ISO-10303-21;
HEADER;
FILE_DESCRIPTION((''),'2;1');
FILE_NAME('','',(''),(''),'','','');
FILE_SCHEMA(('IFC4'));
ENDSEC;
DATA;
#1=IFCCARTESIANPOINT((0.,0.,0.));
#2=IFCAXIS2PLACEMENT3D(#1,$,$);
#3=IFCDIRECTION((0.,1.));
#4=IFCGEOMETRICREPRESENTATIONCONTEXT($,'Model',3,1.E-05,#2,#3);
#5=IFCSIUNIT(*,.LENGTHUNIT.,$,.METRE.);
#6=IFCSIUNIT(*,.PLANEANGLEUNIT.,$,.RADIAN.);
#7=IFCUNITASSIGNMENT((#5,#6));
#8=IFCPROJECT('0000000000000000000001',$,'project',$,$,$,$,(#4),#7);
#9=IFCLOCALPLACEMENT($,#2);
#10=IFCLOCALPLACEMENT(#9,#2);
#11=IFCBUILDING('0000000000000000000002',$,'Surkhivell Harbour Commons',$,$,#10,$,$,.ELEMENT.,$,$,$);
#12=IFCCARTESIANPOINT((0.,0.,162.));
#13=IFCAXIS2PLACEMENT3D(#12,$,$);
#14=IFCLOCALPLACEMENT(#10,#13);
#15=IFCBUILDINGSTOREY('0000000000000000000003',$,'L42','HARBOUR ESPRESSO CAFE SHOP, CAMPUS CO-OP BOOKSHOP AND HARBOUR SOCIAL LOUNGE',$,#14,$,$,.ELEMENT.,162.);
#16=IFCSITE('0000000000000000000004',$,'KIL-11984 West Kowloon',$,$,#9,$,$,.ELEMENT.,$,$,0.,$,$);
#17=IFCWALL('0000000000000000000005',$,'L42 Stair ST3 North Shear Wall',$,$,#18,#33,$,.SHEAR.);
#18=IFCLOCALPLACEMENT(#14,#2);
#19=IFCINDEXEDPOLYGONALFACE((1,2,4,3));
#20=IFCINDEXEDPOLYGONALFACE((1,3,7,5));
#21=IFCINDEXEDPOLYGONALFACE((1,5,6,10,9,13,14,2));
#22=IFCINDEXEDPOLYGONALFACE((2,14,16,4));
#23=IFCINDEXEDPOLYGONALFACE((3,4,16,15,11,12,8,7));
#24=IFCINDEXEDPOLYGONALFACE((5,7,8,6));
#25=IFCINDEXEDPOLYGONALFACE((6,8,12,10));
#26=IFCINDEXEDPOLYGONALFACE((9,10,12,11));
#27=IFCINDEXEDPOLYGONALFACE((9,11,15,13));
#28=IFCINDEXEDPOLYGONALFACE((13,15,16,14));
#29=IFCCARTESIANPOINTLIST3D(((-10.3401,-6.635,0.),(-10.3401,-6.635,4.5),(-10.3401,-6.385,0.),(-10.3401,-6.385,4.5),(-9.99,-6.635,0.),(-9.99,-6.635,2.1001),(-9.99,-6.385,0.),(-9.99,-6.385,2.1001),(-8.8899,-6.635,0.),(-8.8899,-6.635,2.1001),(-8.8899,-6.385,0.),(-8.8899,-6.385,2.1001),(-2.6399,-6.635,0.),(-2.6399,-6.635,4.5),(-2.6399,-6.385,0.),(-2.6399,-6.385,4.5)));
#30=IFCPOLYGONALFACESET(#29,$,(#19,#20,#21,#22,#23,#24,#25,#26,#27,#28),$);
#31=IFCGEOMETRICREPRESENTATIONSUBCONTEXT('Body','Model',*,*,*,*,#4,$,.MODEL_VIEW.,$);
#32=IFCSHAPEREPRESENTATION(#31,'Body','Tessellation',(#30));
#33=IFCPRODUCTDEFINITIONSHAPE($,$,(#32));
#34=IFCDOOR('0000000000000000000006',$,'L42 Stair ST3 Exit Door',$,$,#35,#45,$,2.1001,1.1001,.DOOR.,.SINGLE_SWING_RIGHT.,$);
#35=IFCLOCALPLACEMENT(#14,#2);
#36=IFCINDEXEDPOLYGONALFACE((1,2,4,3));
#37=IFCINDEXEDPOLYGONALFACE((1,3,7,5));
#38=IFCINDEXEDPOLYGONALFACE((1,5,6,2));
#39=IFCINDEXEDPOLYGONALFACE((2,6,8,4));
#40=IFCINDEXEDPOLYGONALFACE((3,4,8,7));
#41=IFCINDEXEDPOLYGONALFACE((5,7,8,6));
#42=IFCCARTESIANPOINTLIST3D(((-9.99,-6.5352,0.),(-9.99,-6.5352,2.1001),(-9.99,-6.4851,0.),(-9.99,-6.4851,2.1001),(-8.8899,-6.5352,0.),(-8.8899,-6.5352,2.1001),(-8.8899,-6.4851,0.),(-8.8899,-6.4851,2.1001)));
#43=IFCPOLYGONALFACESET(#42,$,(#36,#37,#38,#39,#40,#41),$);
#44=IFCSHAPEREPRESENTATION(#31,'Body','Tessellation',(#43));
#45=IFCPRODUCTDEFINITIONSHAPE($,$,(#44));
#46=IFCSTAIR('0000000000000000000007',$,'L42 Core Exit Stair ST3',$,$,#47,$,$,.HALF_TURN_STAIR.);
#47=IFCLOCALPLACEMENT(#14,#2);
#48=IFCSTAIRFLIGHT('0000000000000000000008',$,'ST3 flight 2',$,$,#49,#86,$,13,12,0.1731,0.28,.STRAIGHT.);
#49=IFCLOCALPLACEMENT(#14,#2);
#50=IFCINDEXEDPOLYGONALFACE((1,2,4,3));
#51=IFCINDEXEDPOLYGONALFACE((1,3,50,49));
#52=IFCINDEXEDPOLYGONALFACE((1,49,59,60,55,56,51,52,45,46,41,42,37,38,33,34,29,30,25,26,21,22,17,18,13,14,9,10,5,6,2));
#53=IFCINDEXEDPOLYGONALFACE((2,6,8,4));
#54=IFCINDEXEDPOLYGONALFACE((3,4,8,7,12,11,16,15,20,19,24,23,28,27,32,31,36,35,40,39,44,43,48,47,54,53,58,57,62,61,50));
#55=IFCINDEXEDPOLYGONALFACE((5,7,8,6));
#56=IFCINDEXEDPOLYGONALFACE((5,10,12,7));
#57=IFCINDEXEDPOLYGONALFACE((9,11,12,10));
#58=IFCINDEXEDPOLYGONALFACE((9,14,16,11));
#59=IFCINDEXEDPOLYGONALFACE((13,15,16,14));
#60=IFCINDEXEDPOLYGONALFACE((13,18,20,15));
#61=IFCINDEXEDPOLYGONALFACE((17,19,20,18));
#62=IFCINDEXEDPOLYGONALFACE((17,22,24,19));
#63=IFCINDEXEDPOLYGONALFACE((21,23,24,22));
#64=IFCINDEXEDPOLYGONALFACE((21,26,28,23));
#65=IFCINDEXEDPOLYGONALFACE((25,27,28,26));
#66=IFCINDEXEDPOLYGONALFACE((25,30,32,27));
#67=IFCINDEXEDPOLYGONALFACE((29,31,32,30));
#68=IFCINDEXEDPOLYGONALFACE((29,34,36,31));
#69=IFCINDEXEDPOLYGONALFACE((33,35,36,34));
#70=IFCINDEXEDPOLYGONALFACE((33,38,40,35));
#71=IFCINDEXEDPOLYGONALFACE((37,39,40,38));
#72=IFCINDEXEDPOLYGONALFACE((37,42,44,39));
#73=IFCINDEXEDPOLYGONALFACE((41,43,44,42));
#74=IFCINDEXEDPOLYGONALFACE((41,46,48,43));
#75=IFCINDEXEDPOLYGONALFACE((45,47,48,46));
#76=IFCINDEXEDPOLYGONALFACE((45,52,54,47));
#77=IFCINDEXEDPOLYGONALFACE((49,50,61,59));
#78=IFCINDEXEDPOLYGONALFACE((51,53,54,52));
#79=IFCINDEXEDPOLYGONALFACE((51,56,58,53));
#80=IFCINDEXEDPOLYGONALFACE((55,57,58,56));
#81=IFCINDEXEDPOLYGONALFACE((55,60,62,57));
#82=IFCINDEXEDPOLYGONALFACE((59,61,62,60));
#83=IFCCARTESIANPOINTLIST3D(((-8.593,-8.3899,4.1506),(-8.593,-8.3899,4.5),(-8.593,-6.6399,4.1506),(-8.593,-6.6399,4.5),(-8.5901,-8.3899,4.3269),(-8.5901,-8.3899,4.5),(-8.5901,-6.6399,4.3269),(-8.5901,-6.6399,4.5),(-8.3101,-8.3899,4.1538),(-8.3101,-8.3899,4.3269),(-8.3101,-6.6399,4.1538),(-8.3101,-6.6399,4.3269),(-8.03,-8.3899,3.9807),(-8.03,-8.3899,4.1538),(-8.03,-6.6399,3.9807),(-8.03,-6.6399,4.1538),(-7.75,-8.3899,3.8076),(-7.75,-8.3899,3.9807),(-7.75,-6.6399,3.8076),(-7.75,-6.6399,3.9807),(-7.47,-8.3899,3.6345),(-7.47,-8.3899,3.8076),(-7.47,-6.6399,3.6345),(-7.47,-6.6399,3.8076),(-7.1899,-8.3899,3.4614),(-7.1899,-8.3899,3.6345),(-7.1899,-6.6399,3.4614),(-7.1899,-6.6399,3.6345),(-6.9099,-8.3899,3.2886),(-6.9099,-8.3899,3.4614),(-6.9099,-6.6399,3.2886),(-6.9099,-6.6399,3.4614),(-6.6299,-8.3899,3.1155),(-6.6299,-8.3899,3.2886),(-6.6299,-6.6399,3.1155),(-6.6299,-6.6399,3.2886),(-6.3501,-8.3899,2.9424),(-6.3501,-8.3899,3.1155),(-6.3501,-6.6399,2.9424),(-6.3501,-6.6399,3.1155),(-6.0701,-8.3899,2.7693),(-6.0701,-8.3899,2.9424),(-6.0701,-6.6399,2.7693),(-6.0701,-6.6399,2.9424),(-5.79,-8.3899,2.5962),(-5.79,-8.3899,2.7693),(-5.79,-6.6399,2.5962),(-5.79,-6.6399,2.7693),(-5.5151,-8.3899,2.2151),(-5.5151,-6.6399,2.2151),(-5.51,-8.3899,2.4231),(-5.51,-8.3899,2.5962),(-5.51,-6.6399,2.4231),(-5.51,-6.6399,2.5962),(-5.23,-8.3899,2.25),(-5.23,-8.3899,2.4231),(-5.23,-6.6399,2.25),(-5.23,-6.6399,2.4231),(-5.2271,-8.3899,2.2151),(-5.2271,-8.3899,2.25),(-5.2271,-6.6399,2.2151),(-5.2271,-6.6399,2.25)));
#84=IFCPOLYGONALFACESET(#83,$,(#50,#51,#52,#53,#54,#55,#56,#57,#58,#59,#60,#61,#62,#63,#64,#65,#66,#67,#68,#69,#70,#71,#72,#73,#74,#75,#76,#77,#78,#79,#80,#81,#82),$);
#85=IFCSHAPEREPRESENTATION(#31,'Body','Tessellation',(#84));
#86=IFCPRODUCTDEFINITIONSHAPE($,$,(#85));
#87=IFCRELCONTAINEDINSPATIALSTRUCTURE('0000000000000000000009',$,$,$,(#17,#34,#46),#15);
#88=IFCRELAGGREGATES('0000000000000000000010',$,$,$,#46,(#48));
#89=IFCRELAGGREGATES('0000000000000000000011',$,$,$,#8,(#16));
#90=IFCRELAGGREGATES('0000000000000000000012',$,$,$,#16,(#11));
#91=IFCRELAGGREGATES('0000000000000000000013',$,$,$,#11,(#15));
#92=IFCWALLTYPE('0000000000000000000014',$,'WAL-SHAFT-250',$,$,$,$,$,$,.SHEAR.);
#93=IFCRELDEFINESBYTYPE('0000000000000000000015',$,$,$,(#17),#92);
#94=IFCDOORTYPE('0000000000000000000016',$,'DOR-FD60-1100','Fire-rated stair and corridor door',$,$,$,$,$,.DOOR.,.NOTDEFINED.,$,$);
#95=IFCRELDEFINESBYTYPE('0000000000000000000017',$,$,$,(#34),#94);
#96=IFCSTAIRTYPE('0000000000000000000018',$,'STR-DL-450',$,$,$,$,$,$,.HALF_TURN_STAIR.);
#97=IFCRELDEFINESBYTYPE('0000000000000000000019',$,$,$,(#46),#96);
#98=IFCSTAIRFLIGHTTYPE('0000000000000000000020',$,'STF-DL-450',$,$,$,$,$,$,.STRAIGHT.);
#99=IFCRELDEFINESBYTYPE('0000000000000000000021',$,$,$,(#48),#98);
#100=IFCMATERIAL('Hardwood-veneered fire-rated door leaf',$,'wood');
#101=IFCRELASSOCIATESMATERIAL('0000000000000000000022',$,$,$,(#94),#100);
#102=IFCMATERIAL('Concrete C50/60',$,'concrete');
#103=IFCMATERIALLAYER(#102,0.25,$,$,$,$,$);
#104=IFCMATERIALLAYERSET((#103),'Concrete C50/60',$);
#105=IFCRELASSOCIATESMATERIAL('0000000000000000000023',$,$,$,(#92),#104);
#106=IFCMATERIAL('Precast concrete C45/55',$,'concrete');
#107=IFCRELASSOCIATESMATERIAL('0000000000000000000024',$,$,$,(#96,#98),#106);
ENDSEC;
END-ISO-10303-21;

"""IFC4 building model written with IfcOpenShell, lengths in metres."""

from ifc_helpers import new_model, si_unit, direction, frame, frame_2d, origin, place, context, subcontext, project, spatial, polyline, rectangle, outline, extrude, material, layer, layer_set, type_object, element, fill, aggregate, save


model = new_model("IFC4")

# Units and contexts
model_context = context("Model", 3, precision=1e-05, world=origin(), true_north=direction((0.0, 1.0)))
body_context = subcontext(model_context, "Body", "Model", "MODEL_VIEW")
ifc_project = project(units=[si_unit("LENGTHUNIT", "METRE"), si_unit("PLANEANGLEUNIT", "RADIAN")], contexts=[model_context])

# Site, building, storey
site_placement = place(None, origin())
site = spatial("IfcSite", under=ifc_project, at=site_placement, Name="KIL-11984 West Kowloon", CompositionType="ELEMENT", RefElevation=0.0)
building_placement = place(site_placement, origin())
building = spatial("IfcBuilding", under=site, at=building_placement, Name="Surkhivell Harbour Commons", CompositionType="ELEMENT")
storey_placement = place(building_placement, frame((0.0, 0.0, 162.0)))
storey = spatial("IfcBuildingStorey", under=building, at=storey_placement, Name="L42", Description="HARBOUR ESPRESSO CAFE SHOP, CAMPUS CO-OP BOOKSHOP AND HARBOUR SOCIAL LOUNGE", CompositionType="ELEMENT", Elevation=162.0)

# Shared definitions
ifc_material_1 = material(Name="Hardwood-veneered fire-rated door leaf", Category="wood")
door_type_1 = type_object("IfcDoorType", Name="DOR-FD60-1100", Description="Fire-rated stair and corridor door", OperationType="NOTDEFINED", PredefinedType="DOOR", material=ifc_material_1)

# Shared definitions
ifc_material_2 = material(Name="Concrete C50/60", Category="concrete")
ifc_layer_1 = layer(ifc_material_2, 0.25)
ifc_layer_set_1 = layer_set([ifc_layer_1], Name="Concrete C50/60")
wall_type_1 = type_object("IfcWallType", Name="WAL-SHAFT-250", PredefinedType="SHEAR", material=ifc_layer_set_1)

# Wall, opening, door
wall_1_placement = place(storey_placement, frame((-10.3401, -6.51, 0.0), z_axis=(0.0, 0.0, 1.0), x_axis=(1.0, 0.0, 0.0)))
wall_1 = element("IfcWall", 1, at=wall_1_placement, inside=storey, type_object=wall_type_1, Name="L42 Stair ST3 North Shear Wall", PredefinedType="SHEAR", context=body_context, shape_type="SweptSolid", body=[
    extrude(rectangle(XDim=7.7002, YDim=0.25, at=frame_2d((3.8501, 0.0))), origin(), (0.0, 0.0, 1.0), 4.5),
])
opening_1_placement = place(wall_1_placement, frame((0.3501, 0.0, 0.0)))
opening_1 = element("IfcOpeningElement", 2, at=opening_1_placement, cuts=wall_1, PredefinedType="OPENING", context=body_context, shape_type="SweptSolid", body=[
    extrude(rectangle(XDim=1.1001, YDim=2.1001, at=frame_2d((0.55, 1.05))), frame((0.0, 0.135, 0.0), z_axis=(0.0, -1.0, 0.0), x_axis=(1.0, 0.0, 0.0)), (0.0, 0.0, 1.0), 0.27),
])
door_1_placement = place(opening_1_placement, origin())
door_1 = element("IfcDoor", 3, at=door_1_placement, inside=storey, type_object=door_type_1, Name="L42 Stair ST3 Exit Door", OperationType="SINGLE_SWING_RIGHT", OverallHeight=2.1001, OverallWidth=1.1001, PredefinedType="DOOR", context=body_context, shape_type="SweptSolid", body=[
    extrude(rectangle(XDim=1.1001, YDim=2.1001, at=frame_2d((0.55, 1.05))), frame((0.0, 0.0249, 0.0), z_axis=(0.0, -1.0, 0.0), x_axis=(1.0, 0.0, 0.0)), (0.0, 0.0, 1.0), 0.05),
])
fill(opening_1, door_1)

# Stair, stair flight
ifc_material_3 = material(Name="Precast concrete C45/55", Category="concrete")
stair_type = type_object("IfcStairType", Name="STR-DL-450", PredefinedType="HALF_TURN_STAIR", material=ifc_material_3)
stair_placement = place(storey_placement, origin())
stair = element("IfcStair", 4, at=stair_placement, inside=storey, type_object=stair_type, Name="L42 Core Exit Stair ST3", PredefinedType="HALF_TURN_STAIR")
stair_flight_type = type_object("IfcStairFlightType", Name="STF-DL-450", PredefinedType="STRAIGHT", material=ifc_material_3)
stair_flight_placement = place(storey_placement, frame((-5.23, -7.5149, 2.25), z_axis=(0.0, 0.0, 1.0), x_axis=(-1.0, 0.0, 0.0)))
stair_flight = element("IfcStairFlight", 5, at=stair_flight_placement, type_object=stair_flight_type, Name="ST3 flight 2", NumberOfRisers=13, NumberOfTreads=12, PredefinedType="STRAIGHT", RiserHeight=0.1731, TreadLength=0.28, context=body_context, shape_type="SweptSolid", body=[
    extrude(outline(polyline([(-0.0029, -0.0349), (-0.0029, 0.0), (0.0, 0.0), (0.0, 0.1731), (0.28, 0.1731), (0.28, 0.3462), (0.5601, 0.3462), (0.5601, 0.5193), (0.8401, 0.5193), (0.8401, 0.6924), (1.1201, 0.6924), (1.1201, 0.8655), (1.3999, 0.8655), (1.3999, 1.0386), (1.6799, 1.0386), (1.6799, 1.2114), (1.96, 1.2114), (1.96, 1.3845), (2.24, 1.3845), (2.24, 1.5576), (2.52, 1.5576), (2.52, 1.7307), (2.8, 1.7307), (2.8, 1.9038), (3.0801, 1.9038), (3.0801, 2.0769), (3.3601, 2.0769), (3.3601, 2.25), (3.363, 2.25), (3.363, 1.9006), (0.2852, -0.0349), (-0.0029, -0.0349)])), frame((0.0, 0.875, 0.0), z_axis=(0.0, -1.0, 0.0), x_axis=(1.0, 0.0, 0.0)), (0.0, 0.0, 1.0), 1.75),
])
aggregate(stair, [stair_flight])

save(model, "model.ifc")
